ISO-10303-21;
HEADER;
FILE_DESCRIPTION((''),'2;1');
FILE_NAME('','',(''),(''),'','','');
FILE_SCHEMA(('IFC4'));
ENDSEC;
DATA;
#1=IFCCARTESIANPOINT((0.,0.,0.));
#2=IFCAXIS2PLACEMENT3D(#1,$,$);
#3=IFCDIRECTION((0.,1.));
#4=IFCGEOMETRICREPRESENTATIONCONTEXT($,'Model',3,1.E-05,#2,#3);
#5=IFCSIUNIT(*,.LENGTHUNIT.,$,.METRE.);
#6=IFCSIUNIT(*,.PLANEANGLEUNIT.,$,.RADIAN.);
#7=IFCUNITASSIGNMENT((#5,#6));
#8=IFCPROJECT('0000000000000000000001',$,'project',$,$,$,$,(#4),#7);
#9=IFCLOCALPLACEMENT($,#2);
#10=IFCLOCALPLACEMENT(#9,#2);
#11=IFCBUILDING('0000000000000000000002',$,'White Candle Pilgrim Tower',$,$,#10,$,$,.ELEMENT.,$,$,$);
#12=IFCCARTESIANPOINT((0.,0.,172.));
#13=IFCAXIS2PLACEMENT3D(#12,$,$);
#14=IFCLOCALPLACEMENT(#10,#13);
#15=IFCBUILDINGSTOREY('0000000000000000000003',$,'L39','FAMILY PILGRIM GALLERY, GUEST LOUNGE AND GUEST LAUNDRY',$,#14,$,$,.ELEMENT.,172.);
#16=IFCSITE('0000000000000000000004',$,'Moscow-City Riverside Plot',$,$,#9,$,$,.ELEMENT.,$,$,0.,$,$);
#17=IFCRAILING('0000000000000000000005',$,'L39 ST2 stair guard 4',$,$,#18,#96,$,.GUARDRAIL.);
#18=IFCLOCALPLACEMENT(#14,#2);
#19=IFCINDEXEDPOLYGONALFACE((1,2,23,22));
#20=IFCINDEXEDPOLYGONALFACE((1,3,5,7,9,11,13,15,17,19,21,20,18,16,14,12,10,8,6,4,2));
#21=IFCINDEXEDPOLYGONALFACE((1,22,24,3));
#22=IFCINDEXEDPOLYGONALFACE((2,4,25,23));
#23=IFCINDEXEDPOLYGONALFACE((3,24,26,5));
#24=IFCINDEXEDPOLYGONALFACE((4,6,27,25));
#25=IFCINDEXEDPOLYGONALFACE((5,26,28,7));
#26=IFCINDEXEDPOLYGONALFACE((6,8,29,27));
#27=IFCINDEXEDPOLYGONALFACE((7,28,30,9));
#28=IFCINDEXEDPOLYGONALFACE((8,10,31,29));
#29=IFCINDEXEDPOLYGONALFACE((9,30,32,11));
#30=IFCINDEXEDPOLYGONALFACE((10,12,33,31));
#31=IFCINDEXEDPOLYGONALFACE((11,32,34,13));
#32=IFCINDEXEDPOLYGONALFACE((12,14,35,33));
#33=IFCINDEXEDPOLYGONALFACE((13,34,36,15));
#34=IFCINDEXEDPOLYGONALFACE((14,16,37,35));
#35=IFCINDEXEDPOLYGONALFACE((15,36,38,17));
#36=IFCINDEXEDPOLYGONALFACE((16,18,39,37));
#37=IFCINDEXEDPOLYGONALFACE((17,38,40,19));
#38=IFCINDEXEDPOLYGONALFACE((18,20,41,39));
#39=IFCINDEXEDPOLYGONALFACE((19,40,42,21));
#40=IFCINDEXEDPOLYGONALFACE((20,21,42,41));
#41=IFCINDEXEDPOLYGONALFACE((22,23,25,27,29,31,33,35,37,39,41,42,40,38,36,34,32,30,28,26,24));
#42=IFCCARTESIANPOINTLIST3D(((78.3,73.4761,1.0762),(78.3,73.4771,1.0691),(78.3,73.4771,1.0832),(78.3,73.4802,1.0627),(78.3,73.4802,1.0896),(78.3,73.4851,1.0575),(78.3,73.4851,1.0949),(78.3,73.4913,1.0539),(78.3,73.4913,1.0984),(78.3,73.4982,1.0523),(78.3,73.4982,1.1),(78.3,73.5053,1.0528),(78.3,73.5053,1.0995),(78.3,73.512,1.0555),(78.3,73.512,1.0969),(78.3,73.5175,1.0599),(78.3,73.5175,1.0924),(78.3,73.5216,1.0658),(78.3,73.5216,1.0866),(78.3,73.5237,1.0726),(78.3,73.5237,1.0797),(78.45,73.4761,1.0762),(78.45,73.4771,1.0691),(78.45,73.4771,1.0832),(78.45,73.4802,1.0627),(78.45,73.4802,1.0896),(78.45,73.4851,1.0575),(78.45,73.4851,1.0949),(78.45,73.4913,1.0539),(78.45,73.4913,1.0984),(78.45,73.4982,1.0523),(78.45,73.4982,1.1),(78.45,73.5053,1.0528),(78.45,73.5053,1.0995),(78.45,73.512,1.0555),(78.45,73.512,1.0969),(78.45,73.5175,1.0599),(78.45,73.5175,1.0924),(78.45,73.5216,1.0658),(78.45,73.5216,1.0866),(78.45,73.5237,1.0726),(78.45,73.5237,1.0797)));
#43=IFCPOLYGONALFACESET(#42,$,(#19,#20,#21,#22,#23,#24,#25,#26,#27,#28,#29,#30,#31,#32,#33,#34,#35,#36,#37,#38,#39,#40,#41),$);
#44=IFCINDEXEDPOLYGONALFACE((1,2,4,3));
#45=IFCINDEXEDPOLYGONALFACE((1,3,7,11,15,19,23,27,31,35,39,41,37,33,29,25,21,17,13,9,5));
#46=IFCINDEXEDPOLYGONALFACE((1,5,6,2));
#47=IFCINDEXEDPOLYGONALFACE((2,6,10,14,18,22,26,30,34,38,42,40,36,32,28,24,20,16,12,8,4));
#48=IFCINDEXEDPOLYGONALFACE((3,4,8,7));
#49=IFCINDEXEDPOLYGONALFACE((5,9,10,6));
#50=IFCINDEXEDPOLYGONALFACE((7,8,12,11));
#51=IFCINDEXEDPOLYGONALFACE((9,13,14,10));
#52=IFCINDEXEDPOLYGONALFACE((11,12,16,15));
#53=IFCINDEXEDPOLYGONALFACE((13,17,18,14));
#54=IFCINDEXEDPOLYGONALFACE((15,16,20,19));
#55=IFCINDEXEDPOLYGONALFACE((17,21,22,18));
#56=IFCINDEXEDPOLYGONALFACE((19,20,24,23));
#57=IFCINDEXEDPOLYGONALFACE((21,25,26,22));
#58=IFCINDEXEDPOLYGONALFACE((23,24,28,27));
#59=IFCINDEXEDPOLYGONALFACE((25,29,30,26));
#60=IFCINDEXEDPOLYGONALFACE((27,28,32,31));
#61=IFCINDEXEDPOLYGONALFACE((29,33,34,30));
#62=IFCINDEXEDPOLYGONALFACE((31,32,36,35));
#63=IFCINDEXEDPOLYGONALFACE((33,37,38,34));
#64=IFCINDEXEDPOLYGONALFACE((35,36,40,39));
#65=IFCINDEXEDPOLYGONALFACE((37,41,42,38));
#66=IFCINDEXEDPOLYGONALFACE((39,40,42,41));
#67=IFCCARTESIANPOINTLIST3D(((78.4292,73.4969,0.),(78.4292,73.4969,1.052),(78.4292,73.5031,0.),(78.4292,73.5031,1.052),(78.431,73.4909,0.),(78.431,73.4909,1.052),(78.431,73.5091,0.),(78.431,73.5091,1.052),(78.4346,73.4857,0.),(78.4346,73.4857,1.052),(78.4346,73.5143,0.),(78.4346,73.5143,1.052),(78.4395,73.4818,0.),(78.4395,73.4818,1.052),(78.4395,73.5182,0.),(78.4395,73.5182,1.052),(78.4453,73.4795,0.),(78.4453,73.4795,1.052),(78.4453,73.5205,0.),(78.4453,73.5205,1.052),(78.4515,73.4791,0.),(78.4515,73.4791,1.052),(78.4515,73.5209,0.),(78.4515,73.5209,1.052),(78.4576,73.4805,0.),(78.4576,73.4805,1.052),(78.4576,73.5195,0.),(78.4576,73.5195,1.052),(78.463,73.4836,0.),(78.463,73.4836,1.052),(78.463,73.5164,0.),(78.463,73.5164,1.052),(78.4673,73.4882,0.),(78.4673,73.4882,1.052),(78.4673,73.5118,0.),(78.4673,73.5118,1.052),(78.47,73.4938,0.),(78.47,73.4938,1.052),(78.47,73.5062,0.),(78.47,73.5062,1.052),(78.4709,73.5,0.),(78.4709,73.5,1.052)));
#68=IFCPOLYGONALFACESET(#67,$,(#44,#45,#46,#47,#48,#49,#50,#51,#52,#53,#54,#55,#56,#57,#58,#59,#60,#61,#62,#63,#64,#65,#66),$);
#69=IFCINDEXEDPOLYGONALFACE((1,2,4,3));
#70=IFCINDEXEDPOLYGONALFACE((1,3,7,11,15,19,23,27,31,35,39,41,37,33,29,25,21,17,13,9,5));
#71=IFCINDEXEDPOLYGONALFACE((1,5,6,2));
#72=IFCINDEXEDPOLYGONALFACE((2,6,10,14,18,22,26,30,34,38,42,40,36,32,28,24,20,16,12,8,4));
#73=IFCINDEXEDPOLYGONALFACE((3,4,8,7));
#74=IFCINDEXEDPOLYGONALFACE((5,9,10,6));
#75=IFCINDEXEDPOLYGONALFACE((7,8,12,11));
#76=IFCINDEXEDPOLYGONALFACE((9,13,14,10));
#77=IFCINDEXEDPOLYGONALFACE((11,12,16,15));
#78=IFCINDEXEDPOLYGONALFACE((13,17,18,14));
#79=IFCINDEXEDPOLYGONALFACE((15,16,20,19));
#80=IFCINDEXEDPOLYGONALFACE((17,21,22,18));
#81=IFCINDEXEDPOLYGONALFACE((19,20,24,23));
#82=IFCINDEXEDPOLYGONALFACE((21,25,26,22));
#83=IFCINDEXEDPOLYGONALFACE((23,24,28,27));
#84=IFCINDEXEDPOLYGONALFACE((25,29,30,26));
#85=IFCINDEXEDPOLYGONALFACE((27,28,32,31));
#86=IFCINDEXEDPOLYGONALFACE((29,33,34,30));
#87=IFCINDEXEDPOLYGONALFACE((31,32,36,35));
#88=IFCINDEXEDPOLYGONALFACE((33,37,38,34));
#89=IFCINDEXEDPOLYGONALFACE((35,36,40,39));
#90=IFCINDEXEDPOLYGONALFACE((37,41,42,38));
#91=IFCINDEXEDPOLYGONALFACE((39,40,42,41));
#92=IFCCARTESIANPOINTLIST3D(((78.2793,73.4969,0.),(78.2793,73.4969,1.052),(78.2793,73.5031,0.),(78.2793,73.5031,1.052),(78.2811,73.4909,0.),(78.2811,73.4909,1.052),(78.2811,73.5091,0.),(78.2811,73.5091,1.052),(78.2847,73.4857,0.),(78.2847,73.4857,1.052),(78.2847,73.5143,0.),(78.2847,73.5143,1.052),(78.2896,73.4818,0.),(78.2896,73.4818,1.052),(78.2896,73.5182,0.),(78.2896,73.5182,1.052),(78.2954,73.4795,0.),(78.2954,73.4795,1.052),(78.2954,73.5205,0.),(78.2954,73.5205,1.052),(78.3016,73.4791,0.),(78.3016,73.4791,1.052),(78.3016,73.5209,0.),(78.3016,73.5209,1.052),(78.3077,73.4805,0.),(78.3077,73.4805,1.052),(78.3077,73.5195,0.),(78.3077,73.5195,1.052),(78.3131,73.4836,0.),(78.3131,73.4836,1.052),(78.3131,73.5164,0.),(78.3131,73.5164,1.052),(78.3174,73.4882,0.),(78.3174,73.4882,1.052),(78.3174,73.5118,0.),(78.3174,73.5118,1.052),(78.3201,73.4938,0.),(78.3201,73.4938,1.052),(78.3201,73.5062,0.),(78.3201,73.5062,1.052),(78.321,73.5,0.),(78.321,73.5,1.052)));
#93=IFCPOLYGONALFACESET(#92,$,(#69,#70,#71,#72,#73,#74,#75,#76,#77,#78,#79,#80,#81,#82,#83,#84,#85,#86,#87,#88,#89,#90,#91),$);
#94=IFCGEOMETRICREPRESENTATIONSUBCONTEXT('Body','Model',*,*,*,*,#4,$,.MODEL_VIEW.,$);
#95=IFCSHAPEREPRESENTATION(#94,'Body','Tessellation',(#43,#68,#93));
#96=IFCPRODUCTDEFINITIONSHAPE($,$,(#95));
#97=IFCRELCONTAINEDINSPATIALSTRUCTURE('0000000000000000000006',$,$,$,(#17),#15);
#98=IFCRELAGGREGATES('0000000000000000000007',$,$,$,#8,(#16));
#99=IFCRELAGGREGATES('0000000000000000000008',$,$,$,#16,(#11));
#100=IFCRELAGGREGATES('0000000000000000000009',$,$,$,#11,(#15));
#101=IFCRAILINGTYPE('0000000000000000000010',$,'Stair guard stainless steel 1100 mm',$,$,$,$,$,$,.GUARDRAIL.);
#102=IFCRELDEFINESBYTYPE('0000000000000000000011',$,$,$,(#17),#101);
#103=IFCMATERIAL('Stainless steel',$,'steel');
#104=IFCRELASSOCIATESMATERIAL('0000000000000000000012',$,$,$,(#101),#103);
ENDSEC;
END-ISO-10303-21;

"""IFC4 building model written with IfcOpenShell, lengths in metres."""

from ifc_helpers import new_model, si_unit, direction, frame, origin, origin_2d, place, context, subcontext, project, spatial, circle, extrude, material, type_object, element, save


model = new_model("IFC4")

# Units and contexts
model_context = context("Model", 3, precision=1e-05, world=origin(), true_north=direction((0.0, 1.0)))
body_context = subcontext(model_context, "Body", "Model", "MODEL_VIEW")
ifc_project = project(units=[si_unit("LENGTHUNIT", "METRE"), si_unit("PLANEANGLEUNIT", "RADIAN")], contexts=[model_context])

# Site, building, storey
site_placement = place(None, origin())
site = spatial("IfcSite", under=ifc_project, at=site_placement, Name="Moscow-City Riverside Plot", CompositionType="ELEMENT", RefElevation=0.0)
building_placement = place(site_placement, origin())
building = spatial("IfcBuilding", under=site, at=building_placement, Name="White Candle Pilgrim Tower", CompositionType="ELEMENT")
storey_placement = place(building_placement, frame((0.0, 0.0, 172.0)))
storey = spatial("IfcBuildingStorey", under=building, at=storey_placement, Name="L39", Description="FAMILY PILGRIM GALLERY, GUEST LOUNGE AND GUEST LAUNDRY", CompositionType="ELEMENT", Elevation=172.0)

# Railing
ifc_material_1 = material(Name="Stainless steel", Category="steel")
railing_type_1 = type_object("IfcRailingType", Name="Stair guard stainless steel 1100 mm", PredefinedType="GUARDRAIL", material=ifc_material_1)
railing_1_placement = place(storey_placement, frame((78.45, 73.5, 0.0)))
element("IfcRailing", 1, at=railing_1_placement, inside=storey, type_object=railing_type_1, Name="L39 ST2 stair guard 4", PredefinedType="GUARDRAIL", context=body_context, shape_type="SweptSolid", body=[
    extrude(circle(Radius=0.0239, at=origin_2d()), frame((0.0, 0.0, 1.0762), z_axis=(-1.0, 0.0, 0.0), x_axis=(0.0, -1.0, 0.0)), (0.0, 0.0, 1.0), 0.1499),
    extrude(circle(Radius=0.021, at=origin_2d()), origin(), (0.0, 0.0, 1.0), 1.052),
    extrude(circle(Radius=0.021, at=origin_2d()), frame((-0.1499, 0.0, 0.0)), (0.0, 0.0, 1.0), 1.052),
])

save(model, "model.ifc")
